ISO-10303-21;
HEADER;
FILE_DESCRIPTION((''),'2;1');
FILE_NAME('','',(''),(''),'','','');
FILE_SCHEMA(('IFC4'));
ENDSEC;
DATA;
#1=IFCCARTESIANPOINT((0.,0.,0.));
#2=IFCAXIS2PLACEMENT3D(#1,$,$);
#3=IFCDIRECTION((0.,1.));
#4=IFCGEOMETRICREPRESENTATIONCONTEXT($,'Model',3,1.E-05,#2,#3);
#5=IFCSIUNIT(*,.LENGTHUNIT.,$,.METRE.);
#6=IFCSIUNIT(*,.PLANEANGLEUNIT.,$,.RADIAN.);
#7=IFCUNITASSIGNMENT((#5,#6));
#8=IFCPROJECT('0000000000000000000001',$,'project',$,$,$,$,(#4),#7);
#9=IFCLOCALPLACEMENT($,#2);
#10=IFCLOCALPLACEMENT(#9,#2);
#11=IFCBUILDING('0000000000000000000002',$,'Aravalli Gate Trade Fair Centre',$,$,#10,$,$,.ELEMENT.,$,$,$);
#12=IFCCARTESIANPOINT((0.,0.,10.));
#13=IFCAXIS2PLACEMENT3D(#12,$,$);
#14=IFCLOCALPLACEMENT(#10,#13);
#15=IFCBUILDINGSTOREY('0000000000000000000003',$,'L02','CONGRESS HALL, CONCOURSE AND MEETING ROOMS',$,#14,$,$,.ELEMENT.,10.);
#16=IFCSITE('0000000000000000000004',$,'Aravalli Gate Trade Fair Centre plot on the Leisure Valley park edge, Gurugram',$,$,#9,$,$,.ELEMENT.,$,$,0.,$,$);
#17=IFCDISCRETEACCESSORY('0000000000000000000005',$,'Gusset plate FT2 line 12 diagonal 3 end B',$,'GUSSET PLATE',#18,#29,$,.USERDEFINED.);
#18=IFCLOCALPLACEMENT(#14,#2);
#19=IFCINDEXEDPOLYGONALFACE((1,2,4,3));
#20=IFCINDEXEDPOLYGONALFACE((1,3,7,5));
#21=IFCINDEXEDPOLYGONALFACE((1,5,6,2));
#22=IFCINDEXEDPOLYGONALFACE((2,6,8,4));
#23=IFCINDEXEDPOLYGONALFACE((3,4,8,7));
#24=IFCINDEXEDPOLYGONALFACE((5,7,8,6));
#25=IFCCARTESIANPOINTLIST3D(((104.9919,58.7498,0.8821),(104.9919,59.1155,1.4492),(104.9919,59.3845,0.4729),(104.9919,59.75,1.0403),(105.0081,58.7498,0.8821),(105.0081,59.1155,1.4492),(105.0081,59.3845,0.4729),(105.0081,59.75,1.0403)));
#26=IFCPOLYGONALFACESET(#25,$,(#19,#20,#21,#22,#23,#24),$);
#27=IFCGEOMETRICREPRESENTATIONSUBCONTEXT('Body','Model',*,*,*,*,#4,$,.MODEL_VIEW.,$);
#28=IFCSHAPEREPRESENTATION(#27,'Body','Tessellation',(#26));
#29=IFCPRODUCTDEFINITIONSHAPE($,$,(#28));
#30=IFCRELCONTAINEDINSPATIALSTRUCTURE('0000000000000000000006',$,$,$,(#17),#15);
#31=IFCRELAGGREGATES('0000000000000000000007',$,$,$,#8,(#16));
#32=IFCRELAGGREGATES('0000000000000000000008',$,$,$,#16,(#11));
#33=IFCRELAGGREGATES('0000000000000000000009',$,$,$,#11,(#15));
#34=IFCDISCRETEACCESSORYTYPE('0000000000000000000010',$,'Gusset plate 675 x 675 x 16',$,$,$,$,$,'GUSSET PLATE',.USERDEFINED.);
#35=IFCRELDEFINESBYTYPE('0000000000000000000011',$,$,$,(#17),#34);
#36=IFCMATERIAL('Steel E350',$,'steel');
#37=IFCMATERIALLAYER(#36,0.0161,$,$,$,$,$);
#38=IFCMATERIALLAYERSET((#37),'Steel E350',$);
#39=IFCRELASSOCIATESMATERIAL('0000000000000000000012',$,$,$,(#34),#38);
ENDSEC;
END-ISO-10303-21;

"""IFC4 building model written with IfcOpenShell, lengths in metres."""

from ifc_helpers import new_model, si_unit, direction, frame, origin, place, context, subcontext, project, spatial, polyline, outline, extrude, material, layer, layer_set, type_object, element, save


model = new_model("IFC4")

# Units and contexts
model_context = context("Model", 3, precision=1e-05, world=origin(), true_north=direction((0.0, 1.0)))
body_context = subcontext(model_context, "Body", "Model", "MODEL_VIEW")
ifc_project = project(units=[si_unit("LENGTHUNIT", "METRE"), si_unit("PLANEANGLEUNIT", "RADIAN")], contexts=[model_context])

# Site, building, storey
site_placement = place(None, origin())
site = spatial("IfcSite", under=ifc_project, at=site_placement, Name="Aravalli Gate Trade Fair Centre plot on the Leisure Valley park edge, Gurugram", CompositionType="ELEMENT", RefElevation=0.0)
building_placement = place(site_placement, origin())
building = spatial("IfcBuilding", under=site, at=building_placement, Name="Aravalli Gate Trade Fair Centre", CompositionType="ELEMENT")
storey_placement = place(building_placement, frame((0.0, 0.0, 10.0)))
storey = spatial("IfcBuildingStorey", under=building, at=storey_placement, Name="L02", Description="CONGRESS HALL, CONCOURSE AND MEETING ROOMS", CompositionType="ELEMENT", Elevation=10.0)

# Shared definitions
ifc_material_1 = material(Name="Steel E350", Category="steel")

# Discrete accessory
ifc_layer_1 = layer(ifc_material_1, 0.0161)
ifc_layer_set_1 = layer_set([ifc_layer_1], Name="Steel E350")
discrete_accessory_type_1 = type_object("IfcDiscreteAccessoryType", Name="Gusset plate 675 x 675 x 16", ElementType="GUSSET PLATE", PredefinedType="USERDEFINED", material=ifc_layer_set_1)
discrete_accessory_1_placement = place(storey_placement, frame((105.0081, 58.7498, 0.8821), z_axis=(1.0, 0.0, 0.0), x_axis=(0.0, 0.840506, -0.541803)))
element("IfcDiscreteAccessory", 1, at=discrete_accessory_1_placement, inside=storey, type_object=discrete_accessory_type_1, Name="Gusset plate FT2 line 12 diagonal 3 end B", ObjectType="GUSSET PLATE", PredefinedType="USERDEFINED", context=body_context, shape_type="SweptSolid", body=[
    extrude(outline(polyline([(0.0, 0.0), (0.7552, 0.0), (0.755, 0.6749), (0.0001, 0.6748), (0.0, 0.0)])), origin(), (0.0, 0.0, -1.0), 0.0161),
])

save(model, "model.ifc")
